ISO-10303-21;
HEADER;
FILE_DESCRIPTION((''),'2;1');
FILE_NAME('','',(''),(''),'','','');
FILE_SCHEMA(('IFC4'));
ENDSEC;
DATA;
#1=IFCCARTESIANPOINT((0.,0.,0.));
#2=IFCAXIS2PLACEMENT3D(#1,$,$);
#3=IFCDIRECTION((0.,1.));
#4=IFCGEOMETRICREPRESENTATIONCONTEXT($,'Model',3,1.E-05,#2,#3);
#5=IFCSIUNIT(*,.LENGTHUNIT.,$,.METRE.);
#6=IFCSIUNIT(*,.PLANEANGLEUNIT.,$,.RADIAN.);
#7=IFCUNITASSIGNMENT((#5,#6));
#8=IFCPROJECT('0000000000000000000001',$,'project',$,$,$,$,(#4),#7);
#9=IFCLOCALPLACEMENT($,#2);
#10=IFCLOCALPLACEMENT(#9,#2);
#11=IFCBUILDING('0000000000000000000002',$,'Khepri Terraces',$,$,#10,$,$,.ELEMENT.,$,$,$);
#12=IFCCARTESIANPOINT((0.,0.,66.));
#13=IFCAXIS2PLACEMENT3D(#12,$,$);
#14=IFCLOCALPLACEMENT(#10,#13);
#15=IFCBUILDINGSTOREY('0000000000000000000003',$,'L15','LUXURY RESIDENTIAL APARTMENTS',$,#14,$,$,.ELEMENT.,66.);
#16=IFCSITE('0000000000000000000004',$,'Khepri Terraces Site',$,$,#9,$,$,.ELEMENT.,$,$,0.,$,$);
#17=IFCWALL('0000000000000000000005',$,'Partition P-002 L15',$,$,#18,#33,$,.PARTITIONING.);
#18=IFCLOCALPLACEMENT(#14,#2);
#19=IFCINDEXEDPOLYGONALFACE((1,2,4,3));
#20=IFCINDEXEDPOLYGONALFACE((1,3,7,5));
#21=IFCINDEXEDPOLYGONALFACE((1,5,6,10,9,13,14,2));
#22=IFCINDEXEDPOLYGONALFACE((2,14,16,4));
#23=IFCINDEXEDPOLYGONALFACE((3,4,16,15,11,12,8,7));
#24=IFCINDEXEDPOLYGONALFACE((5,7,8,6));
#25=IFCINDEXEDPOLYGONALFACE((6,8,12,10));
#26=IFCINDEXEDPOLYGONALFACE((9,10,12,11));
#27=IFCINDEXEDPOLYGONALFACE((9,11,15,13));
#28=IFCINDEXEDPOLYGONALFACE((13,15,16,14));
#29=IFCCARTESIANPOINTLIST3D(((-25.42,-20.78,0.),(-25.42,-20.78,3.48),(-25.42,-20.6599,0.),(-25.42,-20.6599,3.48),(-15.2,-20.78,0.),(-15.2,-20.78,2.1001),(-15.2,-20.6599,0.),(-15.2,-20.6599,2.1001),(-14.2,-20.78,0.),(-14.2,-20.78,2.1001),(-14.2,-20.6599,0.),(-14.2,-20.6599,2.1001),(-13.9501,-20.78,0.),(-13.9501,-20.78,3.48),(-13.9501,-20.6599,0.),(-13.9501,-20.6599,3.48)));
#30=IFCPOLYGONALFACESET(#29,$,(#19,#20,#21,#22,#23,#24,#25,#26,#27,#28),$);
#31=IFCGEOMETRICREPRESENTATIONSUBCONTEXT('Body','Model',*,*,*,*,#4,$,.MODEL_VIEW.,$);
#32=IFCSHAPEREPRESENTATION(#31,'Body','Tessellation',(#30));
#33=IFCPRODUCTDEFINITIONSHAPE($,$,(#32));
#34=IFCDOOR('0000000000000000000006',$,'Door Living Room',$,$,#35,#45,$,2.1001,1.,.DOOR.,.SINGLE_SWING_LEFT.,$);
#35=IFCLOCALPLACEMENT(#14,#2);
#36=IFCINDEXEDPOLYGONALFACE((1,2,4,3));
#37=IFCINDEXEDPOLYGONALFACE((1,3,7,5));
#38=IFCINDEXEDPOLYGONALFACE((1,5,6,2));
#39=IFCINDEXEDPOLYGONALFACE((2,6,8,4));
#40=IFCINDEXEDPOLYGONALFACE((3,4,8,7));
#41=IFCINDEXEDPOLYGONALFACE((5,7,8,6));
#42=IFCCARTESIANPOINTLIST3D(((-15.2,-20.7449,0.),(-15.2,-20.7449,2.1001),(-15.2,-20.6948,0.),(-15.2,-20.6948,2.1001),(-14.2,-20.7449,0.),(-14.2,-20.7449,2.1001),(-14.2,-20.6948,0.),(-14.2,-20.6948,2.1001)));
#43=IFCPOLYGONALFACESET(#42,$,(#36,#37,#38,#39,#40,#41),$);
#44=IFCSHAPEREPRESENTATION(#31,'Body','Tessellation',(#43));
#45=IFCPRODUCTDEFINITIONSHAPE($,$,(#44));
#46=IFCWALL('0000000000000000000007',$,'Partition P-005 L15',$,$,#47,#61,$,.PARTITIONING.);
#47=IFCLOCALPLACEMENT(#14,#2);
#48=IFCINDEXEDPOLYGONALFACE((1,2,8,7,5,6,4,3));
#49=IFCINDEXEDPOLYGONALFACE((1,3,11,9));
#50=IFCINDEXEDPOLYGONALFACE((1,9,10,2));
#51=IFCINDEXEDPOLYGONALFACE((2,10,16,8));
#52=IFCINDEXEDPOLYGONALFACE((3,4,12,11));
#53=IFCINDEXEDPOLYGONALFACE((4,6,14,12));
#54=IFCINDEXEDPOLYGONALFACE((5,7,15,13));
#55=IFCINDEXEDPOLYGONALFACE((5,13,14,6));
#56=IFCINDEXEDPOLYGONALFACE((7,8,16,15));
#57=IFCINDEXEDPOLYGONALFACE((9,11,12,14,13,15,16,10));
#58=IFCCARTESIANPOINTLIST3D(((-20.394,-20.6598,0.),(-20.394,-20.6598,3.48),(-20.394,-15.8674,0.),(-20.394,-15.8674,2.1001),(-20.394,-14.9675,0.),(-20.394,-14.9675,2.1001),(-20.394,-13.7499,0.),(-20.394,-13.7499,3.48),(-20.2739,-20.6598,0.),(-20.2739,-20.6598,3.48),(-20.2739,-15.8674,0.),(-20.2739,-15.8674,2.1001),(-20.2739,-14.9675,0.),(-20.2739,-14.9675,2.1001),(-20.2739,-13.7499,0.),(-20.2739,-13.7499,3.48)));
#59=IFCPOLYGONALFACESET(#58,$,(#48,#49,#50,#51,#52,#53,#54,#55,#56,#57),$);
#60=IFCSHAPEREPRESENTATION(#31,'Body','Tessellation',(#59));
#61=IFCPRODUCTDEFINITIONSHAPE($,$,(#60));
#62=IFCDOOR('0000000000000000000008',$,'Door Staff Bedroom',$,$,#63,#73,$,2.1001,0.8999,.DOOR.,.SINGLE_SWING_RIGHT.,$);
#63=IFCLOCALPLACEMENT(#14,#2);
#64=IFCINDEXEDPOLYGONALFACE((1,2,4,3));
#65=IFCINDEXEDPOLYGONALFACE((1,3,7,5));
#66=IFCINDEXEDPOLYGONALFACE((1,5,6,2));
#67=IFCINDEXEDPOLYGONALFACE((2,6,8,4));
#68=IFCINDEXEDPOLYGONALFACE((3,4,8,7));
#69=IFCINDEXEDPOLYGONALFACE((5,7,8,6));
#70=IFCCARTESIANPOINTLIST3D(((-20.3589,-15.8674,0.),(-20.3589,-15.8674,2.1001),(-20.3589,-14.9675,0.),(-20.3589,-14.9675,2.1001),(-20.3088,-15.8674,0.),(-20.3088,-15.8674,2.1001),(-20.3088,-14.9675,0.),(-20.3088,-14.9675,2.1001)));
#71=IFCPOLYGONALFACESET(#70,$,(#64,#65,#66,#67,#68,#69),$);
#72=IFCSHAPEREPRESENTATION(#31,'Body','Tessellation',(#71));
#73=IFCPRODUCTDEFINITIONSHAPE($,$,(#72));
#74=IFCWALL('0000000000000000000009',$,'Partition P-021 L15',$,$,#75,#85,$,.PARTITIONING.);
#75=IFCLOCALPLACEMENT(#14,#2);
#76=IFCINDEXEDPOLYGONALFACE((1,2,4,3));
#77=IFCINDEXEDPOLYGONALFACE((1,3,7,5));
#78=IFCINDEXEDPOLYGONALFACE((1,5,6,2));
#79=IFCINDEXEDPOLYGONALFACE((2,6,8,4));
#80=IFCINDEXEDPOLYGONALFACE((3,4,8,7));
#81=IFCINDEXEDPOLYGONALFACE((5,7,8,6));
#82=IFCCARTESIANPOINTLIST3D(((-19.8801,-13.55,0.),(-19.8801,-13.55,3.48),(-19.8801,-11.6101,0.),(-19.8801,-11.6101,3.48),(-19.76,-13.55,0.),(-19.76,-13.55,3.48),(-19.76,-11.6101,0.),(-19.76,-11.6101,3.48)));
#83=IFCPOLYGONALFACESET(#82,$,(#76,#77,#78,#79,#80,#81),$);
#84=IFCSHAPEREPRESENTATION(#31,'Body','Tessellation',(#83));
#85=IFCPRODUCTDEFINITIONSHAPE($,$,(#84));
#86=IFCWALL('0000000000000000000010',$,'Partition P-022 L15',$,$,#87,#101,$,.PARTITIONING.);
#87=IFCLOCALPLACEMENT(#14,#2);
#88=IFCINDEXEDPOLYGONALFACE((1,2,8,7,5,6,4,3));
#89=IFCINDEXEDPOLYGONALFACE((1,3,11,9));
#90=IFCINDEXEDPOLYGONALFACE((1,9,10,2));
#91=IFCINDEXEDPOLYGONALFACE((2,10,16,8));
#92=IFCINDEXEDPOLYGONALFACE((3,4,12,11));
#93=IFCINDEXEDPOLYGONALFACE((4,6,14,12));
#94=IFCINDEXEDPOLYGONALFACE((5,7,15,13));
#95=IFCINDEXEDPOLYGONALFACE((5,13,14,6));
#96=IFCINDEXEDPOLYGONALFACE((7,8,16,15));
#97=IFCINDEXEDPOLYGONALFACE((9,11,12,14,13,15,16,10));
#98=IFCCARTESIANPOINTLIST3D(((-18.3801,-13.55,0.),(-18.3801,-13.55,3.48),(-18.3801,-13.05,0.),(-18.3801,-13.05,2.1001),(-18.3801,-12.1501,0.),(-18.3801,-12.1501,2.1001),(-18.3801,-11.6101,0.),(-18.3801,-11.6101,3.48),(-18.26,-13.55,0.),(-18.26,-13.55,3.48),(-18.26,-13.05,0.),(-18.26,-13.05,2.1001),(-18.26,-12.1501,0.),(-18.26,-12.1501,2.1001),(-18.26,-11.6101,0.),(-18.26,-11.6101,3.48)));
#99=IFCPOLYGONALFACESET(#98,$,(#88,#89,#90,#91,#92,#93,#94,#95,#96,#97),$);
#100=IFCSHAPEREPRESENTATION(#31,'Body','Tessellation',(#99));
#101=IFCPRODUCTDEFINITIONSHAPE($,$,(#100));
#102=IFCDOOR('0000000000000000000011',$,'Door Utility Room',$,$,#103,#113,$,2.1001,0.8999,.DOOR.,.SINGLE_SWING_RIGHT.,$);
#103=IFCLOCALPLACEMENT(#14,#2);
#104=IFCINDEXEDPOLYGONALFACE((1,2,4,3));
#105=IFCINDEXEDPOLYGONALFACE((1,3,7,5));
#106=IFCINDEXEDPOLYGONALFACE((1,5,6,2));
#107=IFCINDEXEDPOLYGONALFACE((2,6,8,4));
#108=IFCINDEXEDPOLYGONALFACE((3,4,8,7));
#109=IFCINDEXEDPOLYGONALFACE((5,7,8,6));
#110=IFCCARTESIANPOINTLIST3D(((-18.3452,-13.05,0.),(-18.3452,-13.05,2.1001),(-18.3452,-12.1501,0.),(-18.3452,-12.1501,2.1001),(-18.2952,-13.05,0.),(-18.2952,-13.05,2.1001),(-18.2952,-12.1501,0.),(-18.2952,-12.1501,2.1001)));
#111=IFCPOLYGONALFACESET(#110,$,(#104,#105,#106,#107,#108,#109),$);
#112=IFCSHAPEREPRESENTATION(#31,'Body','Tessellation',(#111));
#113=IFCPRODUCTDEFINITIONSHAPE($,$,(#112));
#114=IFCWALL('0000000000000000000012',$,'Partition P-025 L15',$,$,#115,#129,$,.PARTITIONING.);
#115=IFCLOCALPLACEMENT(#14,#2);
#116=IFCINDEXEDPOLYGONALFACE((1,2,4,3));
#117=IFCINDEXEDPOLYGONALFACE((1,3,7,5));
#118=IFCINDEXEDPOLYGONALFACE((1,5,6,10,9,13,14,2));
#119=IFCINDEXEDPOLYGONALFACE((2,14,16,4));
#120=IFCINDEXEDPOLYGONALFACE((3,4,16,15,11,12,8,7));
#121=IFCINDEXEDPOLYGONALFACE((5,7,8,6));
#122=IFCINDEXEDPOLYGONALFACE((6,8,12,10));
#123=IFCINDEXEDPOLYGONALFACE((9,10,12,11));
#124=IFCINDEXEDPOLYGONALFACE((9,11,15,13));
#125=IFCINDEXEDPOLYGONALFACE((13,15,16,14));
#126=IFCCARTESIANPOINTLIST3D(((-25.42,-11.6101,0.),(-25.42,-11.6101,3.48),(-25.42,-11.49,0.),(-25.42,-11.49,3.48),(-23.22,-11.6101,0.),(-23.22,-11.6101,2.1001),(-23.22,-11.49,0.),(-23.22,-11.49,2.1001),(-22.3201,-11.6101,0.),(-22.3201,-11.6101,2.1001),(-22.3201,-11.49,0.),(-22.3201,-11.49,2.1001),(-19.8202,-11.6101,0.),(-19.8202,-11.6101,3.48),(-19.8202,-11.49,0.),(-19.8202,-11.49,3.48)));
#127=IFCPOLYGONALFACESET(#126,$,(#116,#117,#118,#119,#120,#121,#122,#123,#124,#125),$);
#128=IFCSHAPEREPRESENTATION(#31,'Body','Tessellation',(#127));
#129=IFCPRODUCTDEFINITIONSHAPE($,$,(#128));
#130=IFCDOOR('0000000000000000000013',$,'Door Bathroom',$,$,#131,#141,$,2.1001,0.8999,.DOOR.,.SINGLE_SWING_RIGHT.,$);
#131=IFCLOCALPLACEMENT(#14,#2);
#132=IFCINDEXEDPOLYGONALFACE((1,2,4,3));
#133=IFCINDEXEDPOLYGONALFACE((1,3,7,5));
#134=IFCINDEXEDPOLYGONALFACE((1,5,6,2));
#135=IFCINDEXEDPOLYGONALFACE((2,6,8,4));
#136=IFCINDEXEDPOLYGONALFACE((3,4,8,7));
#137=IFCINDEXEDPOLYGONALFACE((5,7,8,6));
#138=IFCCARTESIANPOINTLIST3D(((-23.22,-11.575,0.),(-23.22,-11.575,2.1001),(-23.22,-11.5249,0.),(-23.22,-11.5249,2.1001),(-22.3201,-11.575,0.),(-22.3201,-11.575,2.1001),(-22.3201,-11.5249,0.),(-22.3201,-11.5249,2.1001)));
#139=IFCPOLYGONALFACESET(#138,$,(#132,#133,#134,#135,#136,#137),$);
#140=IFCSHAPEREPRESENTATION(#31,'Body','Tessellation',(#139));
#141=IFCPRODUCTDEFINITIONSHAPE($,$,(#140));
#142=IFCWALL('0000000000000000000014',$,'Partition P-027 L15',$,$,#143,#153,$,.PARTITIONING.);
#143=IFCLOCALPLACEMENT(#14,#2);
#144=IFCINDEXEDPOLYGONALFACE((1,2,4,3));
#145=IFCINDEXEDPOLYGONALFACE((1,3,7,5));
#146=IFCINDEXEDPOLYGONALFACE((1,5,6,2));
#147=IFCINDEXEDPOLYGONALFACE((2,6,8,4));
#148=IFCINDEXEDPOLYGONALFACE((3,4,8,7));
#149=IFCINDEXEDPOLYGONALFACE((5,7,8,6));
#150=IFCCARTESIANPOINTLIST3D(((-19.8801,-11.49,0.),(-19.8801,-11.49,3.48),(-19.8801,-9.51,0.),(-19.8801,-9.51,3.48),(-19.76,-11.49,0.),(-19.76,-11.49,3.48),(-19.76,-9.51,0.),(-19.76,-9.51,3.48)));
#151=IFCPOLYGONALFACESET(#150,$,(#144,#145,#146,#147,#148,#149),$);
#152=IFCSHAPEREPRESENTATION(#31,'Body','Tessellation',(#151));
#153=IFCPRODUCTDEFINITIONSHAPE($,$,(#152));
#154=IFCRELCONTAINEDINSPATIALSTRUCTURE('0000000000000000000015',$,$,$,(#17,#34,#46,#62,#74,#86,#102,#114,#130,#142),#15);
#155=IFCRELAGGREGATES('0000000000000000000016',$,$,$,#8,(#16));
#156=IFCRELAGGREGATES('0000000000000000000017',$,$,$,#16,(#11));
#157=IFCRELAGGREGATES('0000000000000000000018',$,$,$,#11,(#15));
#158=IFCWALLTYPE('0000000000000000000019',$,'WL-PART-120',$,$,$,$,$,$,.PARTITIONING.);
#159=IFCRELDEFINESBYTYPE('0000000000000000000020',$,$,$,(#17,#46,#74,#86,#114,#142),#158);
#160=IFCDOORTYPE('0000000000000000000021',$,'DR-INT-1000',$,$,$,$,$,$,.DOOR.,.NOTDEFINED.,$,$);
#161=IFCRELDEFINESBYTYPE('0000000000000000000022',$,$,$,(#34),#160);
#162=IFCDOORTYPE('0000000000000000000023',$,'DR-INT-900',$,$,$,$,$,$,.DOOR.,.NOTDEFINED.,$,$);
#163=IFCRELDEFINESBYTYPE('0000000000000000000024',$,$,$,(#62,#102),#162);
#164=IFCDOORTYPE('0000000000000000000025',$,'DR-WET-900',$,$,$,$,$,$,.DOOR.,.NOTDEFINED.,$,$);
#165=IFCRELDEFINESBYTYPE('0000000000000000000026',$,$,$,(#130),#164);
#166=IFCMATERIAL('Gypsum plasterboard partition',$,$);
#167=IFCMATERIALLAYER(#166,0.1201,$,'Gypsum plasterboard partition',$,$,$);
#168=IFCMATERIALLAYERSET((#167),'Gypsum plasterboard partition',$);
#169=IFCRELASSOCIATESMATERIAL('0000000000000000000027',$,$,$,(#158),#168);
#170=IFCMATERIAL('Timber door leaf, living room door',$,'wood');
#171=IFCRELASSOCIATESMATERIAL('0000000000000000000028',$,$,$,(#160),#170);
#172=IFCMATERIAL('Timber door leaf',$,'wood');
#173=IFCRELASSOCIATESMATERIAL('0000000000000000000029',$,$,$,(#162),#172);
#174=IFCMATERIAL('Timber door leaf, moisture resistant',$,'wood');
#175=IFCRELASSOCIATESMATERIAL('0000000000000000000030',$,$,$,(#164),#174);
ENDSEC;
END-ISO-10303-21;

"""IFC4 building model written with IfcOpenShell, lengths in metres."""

from ifc_helpers import new_model, si_unit, direction, frame, frame_2d, origin, place, context, subcontext, project, spatial, rectangle, extrude, material, layer, layer_set, type_object, element, fill, save


model = new_model("IFC4")

# Units and contexts
model_context = context("Model", 3, precision=1e-05, world=origin(), true_north=direction((0.0, 1.0)))
body_context = subcontext(model_context, "Body", "Model", "MODEL_VIEW")
ifc_project = project(units=[si_unit("LENGTHUNIT", "METRE"), si_unit("PLANEANGLEUNIT", "RADIAN")], contexts=[model_context])

# Site, building, storey
site_placement = place(None, origin())
site = spatial("IfcSite", under=ifc_project, at=site_placement, Name="Khepri Terraces Site", CompositionType="ELEMENT", RefElevation=0.0)
building_placement = place(site_placement, origin())
building = spatial("IfcBuilding", under=site, at=building_placement, Name="Khepri Terraces", CompositionType="ELEMENT")
storey_placement = place(building_placement, frame((0.0, 0.0, 66.0)))
storey = spatial("IfcBuildingStorey", under=building, at=storey_placement, Name="L15", Description="LUXURY RESIDENTIAL APARTMENTS", CompositionType="ELEMENT", Elevation=66.0)

# Walls, openings, doors
ifc_material_1 = material(Name="Gypsum plasterboard partition")
ifc_layer_1 = layer(ifc_material_1, 0.1201, Name="Gypsum plasterboard partition")
ifc_layer_set_1 = layer_set([ifc_layer_1], Name="Gypsum plasterboard partition")
wall_type_1 = type_object("IfcWallType", Name="WL-PART-120", PredefinedType="PARTITIONING", material=ifc_layer_set_1)
wall_1_placement = place(storey_placement, frame((-25.4199, -20.72, 0.0), z_axis=(0.0, 0.0, 1.0), x_axis=(1.0, 0.0, 0.0)))
wall_1 = element("IfcWall", 1, at=wall_1_placement, inside=storey, type_object=wall_type_1, Name="Partition P-002 L15", PredefinedType="PARTITIONING", context=body_context, shape_type="SweptSolid", body=[
    extrude(rectangle(XDim=11.47, YDim=0.1201, at=frame_2d((5.7349, 0.0))), origin(), (0.0, 0.0, 1.0), 3.48),
])
opening_1_placement = place(wall_1_placement, frame((10.22, 0.0, 0.0)))
opening_1 = element("IfcOpeningElement", 2, at=opening_1_placement, cuts=wall_1, PredefinedType="OPENING", context=body_context, shape_type="SweptSolid", body=[
    extrude(rectangle(XDim=1.0, YDim=2.1001, at=frame_2d((0.5, 1.05))), frame((0.0, 0.0701, 0.0), z_axis=(0.0, -1.0, 0.0), x_axis=(1.0, 0.0, 0.0)), (0.0, 0.0, 1.0), 0.1401),
])
ifc_material_2 = material(Name="Timber door leaf, living room door", Category="wood")
door_type_1 = type_object("IfcDoorType", Name="DR-INT-1000", OperationType="NOTDEFINED", PredefinedType="DOOR", material=ifc_material_2)
door_1_placement = place(opening_1_placement, frame((1.0, 0.0, 0.0), z_axis=(0.0, 0.0, 1.0), x_axis=(-1.0, 0.0, 0.0)))
door_1 = element("IfcDoor", 3, at=door_1_placement, inside=storey, type_object=door_type_1, Name="Door Living Room", OperationType="SINGLE_SWING_LEFT", OverallHeight=2.1001, OverallWidth=1.0, PredefinedType="DOOR", context=body_context, shape_type="SweptSolid", body=[
    extrude(rectangle(XDim=1.0, YDim=2.1001, at=frame_2d((0.5, 1.05))), frame((0.0, 0.0249, 0.0), z_axis=(0.0, -1.0, 0.0), x_axis=(1.0, 0.0, 0.0)), (0.0, 0.0, 1.0), 0.05),
])
fill(opening_1, door_1)
wall_2_placement = place(storey_placement, frame((-20.334, -20.6599, 0.0), z_axis=(0.0, 0.0, 1.0), x_axis=(0.0, 1.0, 0.0)))
wall_2 = element("IfcWall", 4, at=wall_2_placement, inside=storey, type_object=wall_type_1, Name="Partition P-005 L15", PredefinedType="PARTITIONING", context=body_context, shape_type="SweptSolid", body=[
    extrude(rectangle(XDim=6.9099, YDim=0.1201, at=frame_2d((3.4551, 0.0))), origin(), (0.0, 0.0, 1.0), 3.48),
])
opening_2_placement = place(wall_2_placement, frame((4.7925, 0.0, 0.0)))
opening_2 = element("IfcOpeningElement", 5, at=opening_2_placement, cuts=wall_2, PredefinedType="OPENING", context=body_context, shape_type="SweptSolid", body=[
    extrude(rectangle(XDim=0.8999, YDim=2.1001, at=frame_2d((0.45, 1.05))), frame((0.0, 0.0701, 0.0), z_axis=(0.0, -1.0, 0.0), x_axis=(1.0, 0.0, 0.0)), (0.0, 0.0, 1.0), 0.1401),
])
ifc_material_3 = material(Name="Timber door leaf", Category="wood")
door_type_2 = type_object("IfcDoorType", Name="DR-INT-900", OperationType="NOTDEFINED", PredefinedType="DOOR", material=ifc_material_3)
door_2_placement = place(opening_2_placement, origin())
door_2 = element("IfcDoor", 6, at=door_2_placement, inside=storey, type_object=door_type_2, Name="Door Staff Bedroom", OperationType="SINGLE_SWING_RIGHT", OverallHeight=2.1001, OverallWidth=0.8999, PredefinedType="DOOR", context=body_context, shape_type="SweptSolid", body=[
    extrude(rectangle(XDim=0.8999, YDim=2.1001, at=frame_2d((0.45, 1.05))), frame((0.0, 0.0249, 0.0), z_axis=(0.0, -1.0, 0.0), x_axis=(1.0, 0.0, 0.0)), (0.0, 0.0, 1.0), 0.05),
])
fill(opening_2, door_2)

# Wall
wall_3_placement = place(storey_placement, frame((-19.8201, -13.55, 0.0), z_axis=(0.0, 0.0, 1.0), x_axis=(0.0, 1.0, 0.0)))
element("IfcWall", 7, at=wall_3_placement, inside=storey, type_object=wall_type_1, Name="Partition P-021 L15", PredefinedType="PARTITIONING", context=body_context, shape_type="SweptSolid", body=[
    extrude(rectangle(XDim=1.9399, YDim=0.1201, at=frame_2d((0.97, 0.0))), origin(), (0.0, 0.0, 1.0), 3.48),
])

# Walls, openings, doors
wall_4_placement = place(storey_placement, frame((-18.3201, -13.55, 0.0), z_axis=(0.0, 0.0, 1.0), x_axis=(0.0, 1.0, 0.0)))
wall_4 = element("IfcWall", 8, at=wall_4_placement, inside=storey, type_object=wall_type_1, Name="Partition P-022 L15", PredefinedType="PARTITIONING", context=body_context, shape_type="SweptSolid", body=[
    extrude(rectangle(XDim=1.9399, YDim=0.1201, at=frame_2d((0.97, 0.0))), origin(), (0.0, 0.0, 1.0), 3.48),
])
opening_3_placement = place(wall_4_placement, frame((0.5, 0.0, 0.0)))
opening_3 = element("IfcOpeningElement", 9, at=opening_3_placement, cuts=wall_4, PredefinedType="OPENING", context=body_context, shape_type="SweptSolid", body=[
    extrude(rectangle(XDim=0.8999, YDim=2.1001, at=frame_2d((0.45, 1.05))), frame((0.0, 0.0701, 0.0), z_axis=(0.0, -1.0, 0.0), x_axis=(1.0, 0.0, 0.0)), (0.0, 0.0, 1.0), 0.1401),
])
door_3_placement = place(opening_3_placement, frame((0.8999, 0.0, 0.0), z_axis=(0.0, 0.0, 1.0), x_axis=(-1.0, 0.0, 0.0)))
door_3 = element("IfcDoor", 10, at=door_3_placement, inside=storey, type_object=door_type_2, Name="Door Utility Room", OperationType="SINGLE_SWING_RIGHT", OverallHeight=2.1001, OverallWidth=0.8999, PredefinedType="DOOR", context=body_context, shape_type="SweptSolid", body=[
    extrude(rectangle(XDim=0.8999, YDim=2.1001, at=frame_2d((0.45, 1.05))), frame((0.0, 0.0249, 0.0), z_axis=(0.0, -1.0, 0.0), x_axis=(1.0, 0.0, 0.0)), (0.0, 0.0, 1.0), 0.05),
])
fill(opening_3, door_3)
wall_5_placement = place(storey_placement, frame((-25.4199, -11.55, 0.0), z_axis=(0.0, 0.0, 1.0), x_axis=(1.0, 0.0, 0.0)))
wall_5 = element("IfcWall", 11, at=wall_5_placement, inside=storey, type_object=wall_type_1, Name="Partition P-025 L15", PredefinedType="PARTITIONING", context=body_context, shape_type="SweptSolid", body=[
    extrude(rectangle(XDim=5.5999, YDim=0.1201, at=frame_2d((2.7998, 0.0))), origin(), (0.0, 0.0, 1.0), 3.48),
])
opening_4_placement = place(wall_5_placement, frame((2.2, 0.0, 0.0)))
opening_4 = element("IfcOpeningElement", 12, at=opening_4_placement, cuts=wall_5, PredefinedType="OPENING", context=body_context, shape_type="SweptSolid", body=[
    extrude(rectangle(XDim=0.8999, YDim=2.1001, at=frame_2d((0.45, 1.05))), frame((0.0, 0.0701, 0.0), z_axis=(0.0, -1.0, 0.0), x_axis=(1.0, 0.0, 0.0)), (0.0, 0.0, 1.0), 0.1401),
])
ifc_material_4 = material(Name="Timber door leaf, moisture resistant", Category="wood")
door_type_3 = type_object("IfcDoorType", Name="DR-WET-900", OperationType="NOTDEFINED", PredefinedType="DOOR", material=ifc_material_4)
door_4_placement = place(opening_4_placement, frame((0.8999, 0.0, 0.0), z_axis=(0.0, 0.0, 1.0), x_axis=(-1.0, 0.0, 0.0)))
door_4 = element("IfcDoor", 13, at=door_4_placement, inside=storey, type_object=door_type_3, Name="Door Bathroom", OperationType="SINGLE_SWING_RIGHT", OverallHeight=2.1001, OverallWidth=0.8999, PredefinedType="DOOR", context=body_context, shape_type="SweptSolid", body=[
    extrude(rectangle(XDim=0.8999, YDim=2.1001, at=frame_2d((0.45, 1.05))), frame((0.0, 0.0249, 0.0), z_axis=(0.0, -1.0, 0.0), x_axis=(1.0, 0.0, 0.0)), (0.0, 0.0, 1.0), 0.05),
])
fill(opening_4, door_4)

# Wall
wall_6_placement = place(storey_placement, frame((-19.8201, -11.49, 0.0), z_axis=(0.0, 0.0, 1.0), x_axis=(0.0, 1.0, 0.0)))
element("IfcWall", 14, at=wall_6_placement, inside=storey, type_object=wall_type_1, Name="Partition P-027 L15", PredefinedType="PARTITIONING", context=body_context, shape_type="SweptSolid", body=[
    extrude(rectangle(XDim=1.98, YDim=0.1201, at=frame_2d((0.99, 0.0))), origin(), (0.0, 0.0, 1.0), 3.48),
])

save(model, "model.ifc")
